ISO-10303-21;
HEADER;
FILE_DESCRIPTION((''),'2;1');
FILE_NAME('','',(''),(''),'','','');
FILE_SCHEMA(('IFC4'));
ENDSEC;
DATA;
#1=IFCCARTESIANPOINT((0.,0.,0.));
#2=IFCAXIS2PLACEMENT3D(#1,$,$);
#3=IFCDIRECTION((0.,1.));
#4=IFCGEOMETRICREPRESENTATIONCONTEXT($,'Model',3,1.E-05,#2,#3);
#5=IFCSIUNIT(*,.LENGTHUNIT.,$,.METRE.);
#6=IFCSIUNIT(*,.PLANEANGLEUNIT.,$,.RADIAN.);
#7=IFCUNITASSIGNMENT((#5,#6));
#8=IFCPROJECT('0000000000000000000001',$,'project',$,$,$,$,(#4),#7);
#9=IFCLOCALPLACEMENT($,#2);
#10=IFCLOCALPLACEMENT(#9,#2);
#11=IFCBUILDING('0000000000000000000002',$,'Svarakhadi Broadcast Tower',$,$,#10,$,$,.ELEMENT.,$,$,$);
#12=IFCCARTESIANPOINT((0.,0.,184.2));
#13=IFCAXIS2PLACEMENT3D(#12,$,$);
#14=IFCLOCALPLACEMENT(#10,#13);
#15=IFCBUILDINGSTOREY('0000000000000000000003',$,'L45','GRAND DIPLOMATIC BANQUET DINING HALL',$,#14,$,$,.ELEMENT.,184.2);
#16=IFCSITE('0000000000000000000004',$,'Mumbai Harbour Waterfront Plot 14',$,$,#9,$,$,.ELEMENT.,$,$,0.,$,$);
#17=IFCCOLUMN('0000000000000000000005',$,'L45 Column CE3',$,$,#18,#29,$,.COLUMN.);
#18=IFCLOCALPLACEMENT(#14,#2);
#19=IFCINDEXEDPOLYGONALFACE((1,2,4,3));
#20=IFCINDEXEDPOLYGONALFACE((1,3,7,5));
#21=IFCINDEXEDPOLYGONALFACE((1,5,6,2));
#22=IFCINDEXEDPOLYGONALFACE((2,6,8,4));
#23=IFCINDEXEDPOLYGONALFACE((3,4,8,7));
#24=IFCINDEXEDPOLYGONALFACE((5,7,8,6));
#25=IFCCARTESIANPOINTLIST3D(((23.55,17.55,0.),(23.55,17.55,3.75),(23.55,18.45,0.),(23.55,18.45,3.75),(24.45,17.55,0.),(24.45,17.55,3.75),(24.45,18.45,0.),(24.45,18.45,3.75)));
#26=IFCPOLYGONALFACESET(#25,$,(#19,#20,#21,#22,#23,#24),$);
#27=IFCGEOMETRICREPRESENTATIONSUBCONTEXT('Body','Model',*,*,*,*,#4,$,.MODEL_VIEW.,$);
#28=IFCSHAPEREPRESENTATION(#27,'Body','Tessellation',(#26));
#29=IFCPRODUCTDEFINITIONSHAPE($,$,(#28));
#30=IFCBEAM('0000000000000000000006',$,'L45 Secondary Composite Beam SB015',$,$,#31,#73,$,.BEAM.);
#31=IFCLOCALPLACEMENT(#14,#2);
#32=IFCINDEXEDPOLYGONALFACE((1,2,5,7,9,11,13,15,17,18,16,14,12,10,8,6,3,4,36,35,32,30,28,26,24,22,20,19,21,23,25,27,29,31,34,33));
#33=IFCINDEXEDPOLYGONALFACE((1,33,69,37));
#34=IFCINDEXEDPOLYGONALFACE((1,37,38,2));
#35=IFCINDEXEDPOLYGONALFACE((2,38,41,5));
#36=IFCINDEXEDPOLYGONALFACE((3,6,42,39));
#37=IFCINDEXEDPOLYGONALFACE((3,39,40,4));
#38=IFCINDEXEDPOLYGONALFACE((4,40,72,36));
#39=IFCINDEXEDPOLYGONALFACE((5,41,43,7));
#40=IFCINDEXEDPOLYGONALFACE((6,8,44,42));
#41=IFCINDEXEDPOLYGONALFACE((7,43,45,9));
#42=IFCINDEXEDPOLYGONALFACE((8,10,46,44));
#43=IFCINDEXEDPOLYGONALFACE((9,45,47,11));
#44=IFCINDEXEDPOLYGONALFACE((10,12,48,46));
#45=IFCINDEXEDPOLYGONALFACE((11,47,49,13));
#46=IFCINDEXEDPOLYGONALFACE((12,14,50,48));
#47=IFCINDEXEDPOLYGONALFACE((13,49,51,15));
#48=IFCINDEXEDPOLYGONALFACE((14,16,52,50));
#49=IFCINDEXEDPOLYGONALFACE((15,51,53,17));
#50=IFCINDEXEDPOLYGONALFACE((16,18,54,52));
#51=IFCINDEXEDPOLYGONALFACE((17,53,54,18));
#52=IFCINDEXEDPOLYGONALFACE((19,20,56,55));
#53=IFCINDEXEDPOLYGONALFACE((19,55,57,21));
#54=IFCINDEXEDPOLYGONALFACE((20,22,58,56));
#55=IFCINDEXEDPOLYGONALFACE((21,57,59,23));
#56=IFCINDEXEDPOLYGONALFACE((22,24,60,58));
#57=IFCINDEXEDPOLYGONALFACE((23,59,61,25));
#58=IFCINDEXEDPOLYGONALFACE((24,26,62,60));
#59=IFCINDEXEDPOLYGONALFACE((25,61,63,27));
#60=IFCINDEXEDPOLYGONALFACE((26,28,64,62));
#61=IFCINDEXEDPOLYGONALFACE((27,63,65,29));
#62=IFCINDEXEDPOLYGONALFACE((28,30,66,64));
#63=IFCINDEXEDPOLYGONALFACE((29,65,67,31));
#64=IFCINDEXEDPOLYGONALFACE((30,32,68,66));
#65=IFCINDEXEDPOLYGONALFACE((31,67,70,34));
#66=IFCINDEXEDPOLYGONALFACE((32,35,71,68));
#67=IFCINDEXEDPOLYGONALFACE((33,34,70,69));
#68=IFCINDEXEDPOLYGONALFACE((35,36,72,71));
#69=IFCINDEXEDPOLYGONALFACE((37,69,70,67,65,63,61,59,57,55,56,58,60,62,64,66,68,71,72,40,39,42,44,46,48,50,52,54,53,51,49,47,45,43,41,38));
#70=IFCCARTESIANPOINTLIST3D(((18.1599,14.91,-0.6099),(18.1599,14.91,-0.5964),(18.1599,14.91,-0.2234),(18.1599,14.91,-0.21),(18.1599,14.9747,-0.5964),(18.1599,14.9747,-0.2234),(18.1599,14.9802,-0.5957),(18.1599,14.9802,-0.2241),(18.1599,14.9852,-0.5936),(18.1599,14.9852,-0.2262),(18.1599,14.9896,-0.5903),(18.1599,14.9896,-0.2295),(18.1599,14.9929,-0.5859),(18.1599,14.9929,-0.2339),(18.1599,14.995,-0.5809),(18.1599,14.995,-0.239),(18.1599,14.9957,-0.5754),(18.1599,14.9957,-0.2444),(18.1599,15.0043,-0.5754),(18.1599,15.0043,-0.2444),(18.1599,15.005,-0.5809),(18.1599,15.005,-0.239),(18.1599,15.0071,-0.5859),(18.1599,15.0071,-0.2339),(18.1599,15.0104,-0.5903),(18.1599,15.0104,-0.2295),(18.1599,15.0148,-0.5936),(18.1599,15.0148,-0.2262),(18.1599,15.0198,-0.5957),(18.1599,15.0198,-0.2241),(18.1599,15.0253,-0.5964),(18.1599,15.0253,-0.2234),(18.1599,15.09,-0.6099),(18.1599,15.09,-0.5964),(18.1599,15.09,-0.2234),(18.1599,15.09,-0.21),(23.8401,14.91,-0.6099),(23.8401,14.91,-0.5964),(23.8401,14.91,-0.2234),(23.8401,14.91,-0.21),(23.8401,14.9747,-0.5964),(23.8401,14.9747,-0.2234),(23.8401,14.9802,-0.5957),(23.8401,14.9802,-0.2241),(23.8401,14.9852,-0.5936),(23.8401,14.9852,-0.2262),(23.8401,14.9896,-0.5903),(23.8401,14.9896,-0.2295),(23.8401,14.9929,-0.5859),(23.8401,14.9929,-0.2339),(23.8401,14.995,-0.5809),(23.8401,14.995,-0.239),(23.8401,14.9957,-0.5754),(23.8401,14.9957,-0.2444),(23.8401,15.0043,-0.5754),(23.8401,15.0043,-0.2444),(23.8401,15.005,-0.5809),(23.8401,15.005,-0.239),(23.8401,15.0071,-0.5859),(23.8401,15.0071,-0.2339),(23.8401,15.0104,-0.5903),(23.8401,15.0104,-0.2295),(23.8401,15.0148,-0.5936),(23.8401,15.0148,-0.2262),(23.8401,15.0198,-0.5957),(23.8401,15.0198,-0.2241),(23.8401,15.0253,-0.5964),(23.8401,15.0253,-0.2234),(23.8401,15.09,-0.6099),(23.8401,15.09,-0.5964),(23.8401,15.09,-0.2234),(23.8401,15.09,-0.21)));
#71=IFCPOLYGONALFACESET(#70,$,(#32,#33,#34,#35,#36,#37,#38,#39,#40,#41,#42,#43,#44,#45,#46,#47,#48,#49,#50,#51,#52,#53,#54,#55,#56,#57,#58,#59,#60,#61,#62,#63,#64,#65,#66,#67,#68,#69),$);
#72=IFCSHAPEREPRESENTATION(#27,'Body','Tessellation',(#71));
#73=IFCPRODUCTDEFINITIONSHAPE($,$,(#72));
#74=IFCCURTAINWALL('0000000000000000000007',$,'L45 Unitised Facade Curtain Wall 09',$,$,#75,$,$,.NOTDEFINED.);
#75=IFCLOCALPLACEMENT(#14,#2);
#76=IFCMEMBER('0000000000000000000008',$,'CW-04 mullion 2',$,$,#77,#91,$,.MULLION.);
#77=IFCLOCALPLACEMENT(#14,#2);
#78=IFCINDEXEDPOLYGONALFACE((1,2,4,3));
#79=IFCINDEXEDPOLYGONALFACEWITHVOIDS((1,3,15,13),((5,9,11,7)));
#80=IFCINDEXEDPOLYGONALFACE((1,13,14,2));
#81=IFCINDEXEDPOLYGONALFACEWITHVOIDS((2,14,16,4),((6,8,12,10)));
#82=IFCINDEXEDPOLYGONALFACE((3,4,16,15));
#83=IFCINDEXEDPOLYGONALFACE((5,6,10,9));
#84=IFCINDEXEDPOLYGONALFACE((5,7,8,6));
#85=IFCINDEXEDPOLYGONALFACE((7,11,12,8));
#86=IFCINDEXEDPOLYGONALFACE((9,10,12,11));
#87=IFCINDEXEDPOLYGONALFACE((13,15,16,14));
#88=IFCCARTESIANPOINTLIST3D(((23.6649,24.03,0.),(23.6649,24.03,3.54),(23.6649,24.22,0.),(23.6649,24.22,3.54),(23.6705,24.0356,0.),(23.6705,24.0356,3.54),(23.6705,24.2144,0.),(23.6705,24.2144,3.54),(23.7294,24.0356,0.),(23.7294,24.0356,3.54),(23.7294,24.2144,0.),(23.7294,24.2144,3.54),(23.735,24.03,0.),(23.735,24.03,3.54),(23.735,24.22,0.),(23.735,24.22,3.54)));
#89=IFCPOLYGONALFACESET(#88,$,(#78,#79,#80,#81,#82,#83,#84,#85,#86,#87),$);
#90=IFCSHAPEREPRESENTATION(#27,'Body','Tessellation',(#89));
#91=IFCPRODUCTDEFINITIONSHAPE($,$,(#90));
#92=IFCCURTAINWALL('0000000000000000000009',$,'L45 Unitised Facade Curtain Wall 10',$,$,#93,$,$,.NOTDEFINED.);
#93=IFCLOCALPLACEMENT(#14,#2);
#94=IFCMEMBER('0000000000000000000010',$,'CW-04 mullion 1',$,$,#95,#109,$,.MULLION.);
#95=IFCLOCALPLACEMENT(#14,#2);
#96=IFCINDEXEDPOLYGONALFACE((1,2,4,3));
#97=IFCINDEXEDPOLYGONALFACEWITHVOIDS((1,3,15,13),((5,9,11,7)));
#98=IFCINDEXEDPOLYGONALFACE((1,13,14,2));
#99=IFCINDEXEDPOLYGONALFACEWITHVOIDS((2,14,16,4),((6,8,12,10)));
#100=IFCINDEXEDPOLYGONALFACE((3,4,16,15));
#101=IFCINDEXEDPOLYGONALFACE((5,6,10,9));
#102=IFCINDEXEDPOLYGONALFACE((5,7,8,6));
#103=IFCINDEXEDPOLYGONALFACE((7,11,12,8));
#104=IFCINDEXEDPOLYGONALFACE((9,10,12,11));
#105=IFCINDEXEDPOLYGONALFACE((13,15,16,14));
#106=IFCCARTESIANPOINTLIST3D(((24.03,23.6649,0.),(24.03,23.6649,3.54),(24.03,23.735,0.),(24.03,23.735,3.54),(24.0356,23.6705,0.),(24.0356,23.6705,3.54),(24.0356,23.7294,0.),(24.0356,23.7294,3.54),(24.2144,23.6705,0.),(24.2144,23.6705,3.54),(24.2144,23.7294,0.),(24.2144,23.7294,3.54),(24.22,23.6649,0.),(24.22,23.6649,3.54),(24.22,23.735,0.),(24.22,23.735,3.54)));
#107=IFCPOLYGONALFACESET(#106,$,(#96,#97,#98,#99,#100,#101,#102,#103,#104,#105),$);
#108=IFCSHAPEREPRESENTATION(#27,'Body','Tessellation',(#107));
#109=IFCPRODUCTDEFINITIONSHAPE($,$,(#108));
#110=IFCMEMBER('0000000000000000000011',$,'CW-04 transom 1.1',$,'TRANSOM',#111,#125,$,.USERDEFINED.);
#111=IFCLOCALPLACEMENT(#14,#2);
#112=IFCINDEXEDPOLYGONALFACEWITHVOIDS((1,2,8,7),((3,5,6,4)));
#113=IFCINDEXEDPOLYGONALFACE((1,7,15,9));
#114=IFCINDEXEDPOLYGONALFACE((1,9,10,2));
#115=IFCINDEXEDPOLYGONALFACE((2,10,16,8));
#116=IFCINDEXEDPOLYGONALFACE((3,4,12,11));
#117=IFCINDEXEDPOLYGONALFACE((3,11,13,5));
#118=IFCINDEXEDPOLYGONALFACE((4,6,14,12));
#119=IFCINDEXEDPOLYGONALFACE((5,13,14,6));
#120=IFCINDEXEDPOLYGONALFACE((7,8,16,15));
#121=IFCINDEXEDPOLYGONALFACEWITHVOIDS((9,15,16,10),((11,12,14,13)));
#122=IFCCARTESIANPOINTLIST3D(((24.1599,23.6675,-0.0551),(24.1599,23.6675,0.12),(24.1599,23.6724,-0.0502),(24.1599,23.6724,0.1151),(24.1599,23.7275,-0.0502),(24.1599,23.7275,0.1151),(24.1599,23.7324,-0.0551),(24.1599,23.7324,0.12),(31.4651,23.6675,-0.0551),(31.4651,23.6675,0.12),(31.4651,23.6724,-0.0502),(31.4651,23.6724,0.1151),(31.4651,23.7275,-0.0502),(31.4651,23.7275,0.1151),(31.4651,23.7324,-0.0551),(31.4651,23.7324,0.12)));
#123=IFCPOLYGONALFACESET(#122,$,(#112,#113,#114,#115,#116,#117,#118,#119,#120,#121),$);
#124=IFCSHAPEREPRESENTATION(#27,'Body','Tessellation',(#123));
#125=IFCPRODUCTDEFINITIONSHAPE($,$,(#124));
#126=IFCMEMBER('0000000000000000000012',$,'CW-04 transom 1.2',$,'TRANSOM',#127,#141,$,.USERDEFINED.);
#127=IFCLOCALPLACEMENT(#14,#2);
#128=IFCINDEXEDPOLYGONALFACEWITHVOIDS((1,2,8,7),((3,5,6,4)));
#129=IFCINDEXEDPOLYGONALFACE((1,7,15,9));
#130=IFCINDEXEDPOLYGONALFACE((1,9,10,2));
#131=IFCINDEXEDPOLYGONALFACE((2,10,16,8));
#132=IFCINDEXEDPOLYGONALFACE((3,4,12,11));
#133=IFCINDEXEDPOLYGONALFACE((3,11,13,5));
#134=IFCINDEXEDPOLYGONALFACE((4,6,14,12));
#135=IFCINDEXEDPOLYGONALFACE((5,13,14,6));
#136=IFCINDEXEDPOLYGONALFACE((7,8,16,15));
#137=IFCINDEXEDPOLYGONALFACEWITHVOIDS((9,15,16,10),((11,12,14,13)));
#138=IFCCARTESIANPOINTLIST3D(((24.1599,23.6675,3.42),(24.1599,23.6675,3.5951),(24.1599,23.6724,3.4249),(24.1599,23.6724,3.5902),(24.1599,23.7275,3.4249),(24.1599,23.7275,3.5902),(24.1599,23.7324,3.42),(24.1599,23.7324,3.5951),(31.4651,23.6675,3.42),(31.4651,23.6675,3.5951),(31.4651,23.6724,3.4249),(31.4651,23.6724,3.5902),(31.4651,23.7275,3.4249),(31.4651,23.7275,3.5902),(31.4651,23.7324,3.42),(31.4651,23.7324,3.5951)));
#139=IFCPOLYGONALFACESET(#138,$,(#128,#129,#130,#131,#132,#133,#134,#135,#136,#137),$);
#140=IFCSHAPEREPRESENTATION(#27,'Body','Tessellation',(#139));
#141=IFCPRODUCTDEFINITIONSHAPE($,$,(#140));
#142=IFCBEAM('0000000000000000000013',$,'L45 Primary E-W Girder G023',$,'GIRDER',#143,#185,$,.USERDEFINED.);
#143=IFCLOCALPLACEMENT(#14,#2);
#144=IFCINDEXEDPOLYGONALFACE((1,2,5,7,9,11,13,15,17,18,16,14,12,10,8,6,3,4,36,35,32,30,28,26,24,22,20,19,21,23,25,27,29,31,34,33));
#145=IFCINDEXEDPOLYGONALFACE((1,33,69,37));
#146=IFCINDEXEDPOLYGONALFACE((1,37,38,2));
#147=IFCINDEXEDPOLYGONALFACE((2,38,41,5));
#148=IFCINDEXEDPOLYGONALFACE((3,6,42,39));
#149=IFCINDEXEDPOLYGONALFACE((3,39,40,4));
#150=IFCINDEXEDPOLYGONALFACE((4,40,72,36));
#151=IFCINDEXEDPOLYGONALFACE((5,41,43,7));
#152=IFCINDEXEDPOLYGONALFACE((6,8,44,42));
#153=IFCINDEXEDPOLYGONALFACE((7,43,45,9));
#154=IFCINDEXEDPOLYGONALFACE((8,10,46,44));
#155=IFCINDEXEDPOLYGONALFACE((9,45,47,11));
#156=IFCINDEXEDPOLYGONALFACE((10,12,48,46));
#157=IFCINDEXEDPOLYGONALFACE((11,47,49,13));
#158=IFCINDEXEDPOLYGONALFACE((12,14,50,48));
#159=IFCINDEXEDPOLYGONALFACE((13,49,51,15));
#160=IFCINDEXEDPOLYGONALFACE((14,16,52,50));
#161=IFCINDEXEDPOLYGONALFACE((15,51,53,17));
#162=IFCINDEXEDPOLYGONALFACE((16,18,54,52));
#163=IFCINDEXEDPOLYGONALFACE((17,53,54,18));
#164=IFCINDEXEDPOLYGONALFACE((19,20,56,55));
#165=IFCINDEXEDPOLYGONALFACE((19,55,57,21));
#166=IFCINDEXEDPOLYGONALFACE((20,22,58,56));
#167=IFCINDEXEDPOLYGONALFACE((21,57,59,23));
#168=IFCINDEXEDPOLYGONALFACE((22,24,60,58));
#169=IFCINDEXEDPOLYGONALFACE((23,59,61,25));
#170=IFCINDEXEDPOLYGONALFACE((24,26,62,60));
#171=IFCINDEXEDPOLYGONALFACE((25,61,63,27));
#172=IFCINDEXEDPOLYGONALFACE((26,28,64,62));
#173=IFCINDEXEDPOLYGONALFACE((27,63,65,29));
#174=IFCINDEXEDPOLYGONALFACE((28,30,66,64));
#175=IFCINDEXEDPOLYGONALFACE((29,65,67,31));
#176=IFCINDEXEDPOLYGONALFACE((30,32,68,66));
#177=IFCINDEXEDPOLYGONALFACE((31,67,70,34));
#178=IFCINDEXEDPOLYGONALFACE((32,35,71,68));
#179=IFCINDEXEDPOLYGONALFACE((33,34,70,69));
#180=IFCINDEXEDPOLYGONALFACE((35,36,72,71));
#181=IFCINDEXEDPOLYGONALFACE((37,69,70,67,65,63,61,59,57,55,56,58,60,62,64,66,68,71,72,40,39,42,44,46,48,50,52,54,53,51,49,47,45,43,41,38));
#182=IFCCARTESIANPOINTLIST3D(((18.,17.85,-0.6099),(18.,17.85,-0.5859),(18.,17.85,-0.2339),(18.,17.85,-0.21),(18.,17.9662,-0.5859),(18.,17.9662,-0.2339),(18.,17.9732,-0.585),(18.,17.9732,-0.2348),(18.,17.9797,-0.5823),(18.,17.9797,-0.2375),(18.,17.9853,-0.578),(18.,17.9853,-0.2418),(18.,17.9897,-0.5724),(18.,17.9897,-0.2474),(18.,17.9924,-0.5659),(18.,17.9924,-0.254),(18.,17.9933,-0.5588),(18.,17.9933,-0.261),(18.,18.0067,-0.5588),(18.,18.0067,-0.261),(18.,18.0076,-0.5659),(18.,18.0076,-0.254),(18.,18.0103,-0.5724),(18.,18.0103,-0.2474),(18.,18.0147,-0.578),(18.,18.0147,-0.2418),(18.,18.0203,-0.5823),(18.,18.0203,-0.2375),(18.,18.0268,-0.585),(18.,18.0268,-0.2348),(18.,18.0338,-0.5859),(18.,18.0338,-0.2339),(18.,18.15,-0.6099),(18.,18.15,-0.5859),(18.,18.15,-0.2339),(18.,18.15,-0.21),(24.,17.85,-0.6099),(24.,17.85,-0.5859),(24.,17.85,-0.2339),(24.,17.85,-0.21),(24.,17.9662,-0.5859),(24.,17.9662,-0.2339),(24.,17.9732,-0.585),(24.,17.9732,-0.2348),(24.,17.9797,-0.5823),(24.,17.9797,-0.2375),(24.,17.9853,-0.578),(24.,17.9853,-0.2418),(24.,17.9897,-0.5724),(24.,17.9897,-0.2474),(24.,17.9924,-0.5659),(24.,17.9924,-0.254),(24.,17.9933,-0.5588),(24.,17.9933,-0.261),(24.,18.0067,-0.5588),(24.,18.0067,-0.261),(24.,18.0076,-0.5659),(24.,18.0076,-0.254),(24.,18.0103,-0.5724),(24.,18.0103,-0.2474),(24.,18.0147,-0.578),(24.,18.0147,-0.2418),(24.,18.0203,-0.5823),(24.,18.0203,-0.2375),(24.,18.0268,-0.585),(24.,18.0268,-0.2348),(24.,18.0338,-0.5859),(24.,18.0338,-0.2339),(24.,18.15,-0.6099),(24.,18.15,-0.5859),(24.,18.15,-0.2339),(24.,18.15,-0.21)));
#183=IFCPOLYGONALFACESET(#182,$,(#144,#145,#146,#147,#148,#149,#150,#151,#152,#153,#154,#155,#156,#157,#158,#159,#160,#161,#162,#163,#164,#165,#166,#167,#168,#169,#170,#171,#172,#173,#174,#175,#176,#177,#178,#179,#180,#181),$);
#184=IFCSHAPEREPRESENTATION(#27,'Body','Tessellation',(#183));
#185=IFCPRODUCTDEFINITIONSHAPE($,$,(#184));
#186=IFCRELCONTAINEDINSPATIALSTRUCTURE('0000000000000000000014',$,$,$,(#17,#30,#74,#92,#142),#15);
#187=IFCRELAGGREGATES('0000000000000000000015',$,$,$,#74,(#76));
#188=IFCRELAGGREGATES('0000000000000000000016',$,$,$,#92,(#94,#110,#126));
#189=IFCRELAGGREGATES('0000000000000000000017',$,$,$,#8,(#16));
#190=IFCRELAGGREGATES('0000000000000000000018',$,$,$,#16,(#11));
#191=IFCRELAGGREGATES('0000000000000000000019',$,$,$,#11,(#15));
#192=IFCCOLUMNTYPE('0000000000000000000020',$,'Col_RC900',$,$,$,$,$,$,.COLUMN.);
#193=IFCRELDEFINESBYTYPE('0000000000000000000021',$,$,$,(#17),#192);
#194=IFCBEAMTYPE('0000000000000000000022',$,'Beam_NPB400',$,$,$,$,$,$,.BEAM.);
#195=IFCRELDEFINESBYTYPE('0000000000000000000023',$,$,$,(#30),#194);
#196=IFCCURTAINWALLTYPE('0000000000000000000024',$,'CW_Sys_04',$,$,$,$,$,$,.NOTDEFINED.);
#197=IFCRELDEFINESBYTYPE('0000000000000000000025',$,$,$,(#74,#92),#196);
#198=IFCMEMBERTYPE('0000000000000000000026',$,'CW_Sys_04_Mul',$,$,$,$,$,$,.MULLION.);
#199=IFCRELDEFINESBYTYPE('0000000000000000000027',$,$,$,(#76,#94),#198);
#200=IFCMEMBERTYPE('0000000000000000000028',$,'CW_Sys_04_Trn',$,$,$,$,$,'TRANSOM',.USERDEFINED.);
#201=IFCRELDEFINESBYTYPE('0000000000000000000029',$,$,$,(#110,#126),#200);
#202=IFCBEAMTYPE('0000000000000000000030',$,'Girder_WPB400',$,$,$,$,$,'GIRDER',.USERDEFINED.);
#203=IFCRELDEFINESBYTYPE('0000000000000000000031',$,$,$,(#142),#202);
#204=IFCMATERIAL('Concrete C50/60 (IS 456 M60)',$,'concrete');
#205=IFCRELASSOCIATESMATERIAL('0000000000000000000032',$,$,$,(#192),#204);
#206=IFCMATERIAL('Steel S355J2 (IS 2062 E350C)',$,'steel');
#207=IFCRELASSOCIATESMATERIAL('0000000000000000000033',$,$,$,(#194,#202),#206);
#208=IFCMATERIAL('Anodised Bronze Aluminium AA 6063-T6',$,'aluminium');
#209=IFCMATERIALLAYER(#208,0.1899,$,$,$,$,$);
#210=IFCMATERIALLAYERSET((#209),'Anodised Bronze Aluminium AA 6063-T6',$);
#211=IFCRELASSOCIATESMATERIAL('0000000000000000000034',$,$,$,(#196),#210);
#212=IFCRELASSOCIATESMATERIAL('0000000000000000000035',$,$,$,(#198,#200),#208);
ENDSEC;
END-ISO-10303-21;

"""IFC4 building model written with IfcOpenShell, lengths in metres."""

from ifc_helpers import new_model, si_unit, direction, frame, origin, origin_2d, place, context, subcontext, project, spatial, rectangle, hollow_rectangle, i_section, extrude, material, layer, layer_set, material_profile, profile_set, type_object, element, aggregate, save


model = new_model("IFC4")

# Units and contexts
model_context = context("Model", 3, precision=1e-05, world=origin(), true_north=direction((0.0, 1.0)))
body_context = subcontext(model_context, "Body", "Model", "MODEL_VIEW")
ifc_project = project(units=[si_unit("LENGTHUNIT", "METRE"), si_unit("PLANEANGLEUNIT", "RADIAN")], contexts=[model_context])

# Site, building, storey
site_placement = place(None, origin())
site = spatial("IfcSite", under=ifc_project, at=site_placement, Name="Mumbai Harbour Waterfront Plot 14", CompositionType="ELEMENT", RefElevation=0.0)
building_placement = place(site_placement, origin())
building = spatial("IfcBuilding", under=site, at=building_placement, Name="Svarakhadi Broadcast Tower", CompositionType="ELEMENT")
storey_placement = place(building_placement, frame((0.0, 0.0, 184.2)))
storey = spatial("IfcBuildingStorey", under=building, at=storey_placement, Name="L45", Description="GRAND DIPLOMATIC BANQUET DINING HALL", CompositionType="ELEMENT", Elevation=184.2)

# Column
ifc_material_1 = material(Name="Concrete C50/60 (IS 456 M60)", Category="concrete")
ifc_material_profile_1 = material_profile(ifc_material_1, rectangle(XDim=0.8999, YDim=0.8999, at=origin_2d()), Name="RC 900x900")
ifc_profile_set_1 = profile_set([ifc_material_profile_1], Name="Concrete C50/60 (IS 456 M60)")
column_type = type_object("IfcColumnType", Name="Col_RC900", PredefinedType="COLUMN", material=ifc_profile_set_1)
column_placement = place(storey_placement, frame((24.0, 18.0, 0.0), z_axis=(0.0, 0.0, 1.0), x_axis=(1.0, 0.0, 0.0)))
element("IfcColumn", 1, at=column_placement, inside=storey, type_object=column_type, Name="L45 Column CE3", PredefinedType="COLUMN", context=body_context, shape_type="SweptSolid", body=[
    extrude(rectangle(XDim=0.8999, YDim=0.8999, at=origin_2d()), origin(), (0.0, 0.0, 1.0), 3.75),
])

# Beam
ifc_material_2 = material(Name="Steel S355J2 (IS 2062 E350C)", Category="steel")
ifc_material_profile_2 = material_profile(ifc_material_2, i_section(OverallWidth=0.1799, OverallDepth=0.3999, WebThickness=0.0085, FlangeThickness=0.0134, FilletRadius=0.021, at=origin_2d()), Name="NPB 400x180x66")
ifc_profile_set_2 = profile_set([ifc_material_profile_2], Name="Steel S355J2 (IS 2062 E350C)")
beam_type_1 = type_object("IfcBeamType", Name="Beam_NPB400", PredefinedType="BEAM", material=ifc_profile_set_2)
beam_placement = place(storey_placement, frame((18.1599, 15.0, -0.4099), z_axis=(1.0, 0.0, 0.0), x_axis=(0.0, 1.0, 0.0)))
element("IfcBeam", 2, at=beam_placement, inside=storey, type_object=beam_type_1, Name="L45 Secondary Composite Beam SB015", PredefinedType="BEAM", context=body_context, shape_type="SweptSolid", body=[
    extrude(i_section(OverallWidth=0.1799, OverallDepth=0.3999, WebThickness=0.0085, FlangeThickness=0.0134, FilletRadius=0.021, at=origin_2d()), origin(), (0.0, 0.0, 1.0), 5.6802),
])

# Curtain wall, member
ifc_material_3 = material(Name="Anodised Bronze Aluminium AA 6063-T6", Category="aluminium")
ifc_layer_1 = layer(ifc_material_3, 0.1899)
ifc_layer_set_1 = layer_set([ifc_layer_1], Name="Anodised Bronze Aluminium AA 6063-T6")
curtain_wall_type = type_object("IfcCurtainWallType", Name="CW_Sys_04", PredefinedType="NOTDEFINED", material=ifc_layer_set_1)
curtain_wall_1_placement = place(storey_placement, origin())
curtain_wall_1 = element("IfcCurtainWall", 3, at=curtain_wall_1_placement, inside=storey, type_object=curtain_wall_type, Name="L45 Unitised Facade Curtain Wall 09", PredefinedType="NOTDEFINED")
ifc_material_profile_3 = material_profile(ifc_material_3, hollow_rectangle(XDim=0.0701, YDim=0.1899, WallThickness=0.0056, at=origin_2d()), Name="ALU MULLION 190x70x6")
ifc_profile_set_3 = profile_set([ifc_material_profile_3], Name="Anodised Bronze Aluminium AA 6063-T6")
member_type_1 = type_object("IfcMemberType", Name="CW_Sys_04_Mul", PredefinedType="MULLION", material=ifc_profile_set_3)
member_1_placement = place(storey_placement, frame((23.7, 24.125, 0.0), z_axis=(0.0, 0.0, 1.0), x_axis=(1.0, 0.0, 0.0)))
member_1 = element("IfcMember", 4, at=member_1_placement, type_object=member_type_1, Name="CW-04 mullion 2", PredefinedType="MULLION", context=body_context, shape_type="SweptSolid", body=[
    extrude(hollow_rectangle(XDim=0.0701, YDim=0.1899, WallThickness=0.0056, at=origin_2d()), origin(), (0.0, 0.0, 1.0), 3.54),
])
aggregate(curtain_wall_1, [member_1])

# Curtain wall, members
curtain_wall_2_placement = place(storey_placement, origin())
curtain_wall_2 = element("IfcCurtainWall", 5, at=curtain_wall_2_placement, inside=storey, type_object=curtain_wall_type, Name="L45 Unitised Facade Curtain Wall 10", PredefinedType="NOTDEFINED")
member_2_placement = place(storey_placement, frame((24.125, 23.7, 0.0), z_axis=(0.0, 0.0, 1.0), x_axis=(0.0, 1.0, 0.0)))
member_2 = element("IfcMember", 6, at=member_2_placement, type_object=member_type_1, Name="CW-04 mullion 1", PredefinedType="MULLION", context=body_context, shape_type="SweptSolid", body=[
    extrude(hollow_rectangle(XDim=0.0701, YDim=0.1899, WallThickness=0.0056, at=origin_2d()), origin(), (0.0, 0.0, 1.0), 3.54),
])
ifc_material_profile_4 = material_profile(ifc_material_3, hollow_rectangle(XDim=0.0649, YDim=0.175, WallThickness=0.0049, at=origin_2d()), Name="ALU TRANSOM 175x65x5")
ifc_profile_set_4 = profile_set([ifc_material_profile_4], Name="Anodised Bronze Aluminium AA 6063-T6")
member_type_2 = type_object("IfcMemberType", Name="CW_Sys_04_Trn", ElementType="TRANSOM", PredefinedType="USERDEFINED", material=ifc_profile_set_4)
member_3_placement = place(storey_placement, frame((24.1599, 23.7, 0.0325), z_axis=(1.0, 0.0, 0.0), x_axis=(0.0, 1.0, 0.0)))
member_3 = element("IfcMember", 7, at=member_3_placement, type_object=member_type_2, Name="CW-04 transom 1.1", ObjectType="TRANSOM", PredefinedType="USERDEFINED", context=body_context, shape_type="SweptSolid", body=[
    extrude(hollow_rectangle(XDim=0.0649, YDim=0.175, WallThickness=0.0049, at=origin_2d()), origin(), (0.0, 0.0, 1.0), 7.3052),
])
member_4_placement = place(storey_placement, frame((24.1599, 23.7, 3.5076), z_axis=(1.0, 0.0, 0.0), x_axis=(0.0, 1.0, 0.0)))
member_4 = element("IfcMember", 8, at=member_4_placement, type_object=member_type_2, Name="CW-04 transom 1.2", ObjectType="TRANSOM", PredefinedType="USERDEFINED", context=body_context, shape_type="SweptSolid", body=[
    extrude(hollow_rectangle(XDim=0.0649, YDim=0.175, WallThickness=0.0049, at=origin_2d()), origin(), (0.0, 0.0, 1.0), 7.3052),
])

# Beam
ifc_material_profile_5 = material_profile(ifc_material_2, i_section(OverallWidth=0.3, OverallDepth=0.3999, WebThickness=0.0134, FlangeThickness=0.0239, FilletRadius=0.0271, at=origin_2d()), Name="WPB 400x300x155")
ifc_profile_set_5 = profile_set([ifc_material_profile_5], Name="Steel S355J2 (IS 2062 E350C)")
beam_type_2 = type_object("IfcBeamType", Name="Girder_WPB400", ElementType="GIRDER", PredefinedType="USERDEFINED", material=ifc_profile_set_5)
for number, where, z_axis, x_axis, name in (
    (9, (18.0, 18.0, -0.4099), (1.0, 0.0, 0.0), (0.0, 1.0, 0.0), "L45 Primary E-W Girder G023"),
):
    element("IfcBeam", number, at=place(storey_placement, frame(where, z_axis=z_axis, x_axis=x_axis)), inside=storey, type_object=beam_type_2, Name=name, ObjectType="GIRDER", PredefinedType="USERDEFINED", context=body_context, shape_type="SweptSolid", body=[
        extrude(i_section(OverallWidth=0.3, OverallDepth=0.3999, WebThickness=0.0134, FlangeThickness=0.0239, FilletRadius=0.0271, at=origin_2d()), origin(), (0.0, 0.0, 1.0), 6.0),
    ])

aggregate(curtain_wall_2, [member_2, member_3, member_4])

save(model, "model.ifc")
